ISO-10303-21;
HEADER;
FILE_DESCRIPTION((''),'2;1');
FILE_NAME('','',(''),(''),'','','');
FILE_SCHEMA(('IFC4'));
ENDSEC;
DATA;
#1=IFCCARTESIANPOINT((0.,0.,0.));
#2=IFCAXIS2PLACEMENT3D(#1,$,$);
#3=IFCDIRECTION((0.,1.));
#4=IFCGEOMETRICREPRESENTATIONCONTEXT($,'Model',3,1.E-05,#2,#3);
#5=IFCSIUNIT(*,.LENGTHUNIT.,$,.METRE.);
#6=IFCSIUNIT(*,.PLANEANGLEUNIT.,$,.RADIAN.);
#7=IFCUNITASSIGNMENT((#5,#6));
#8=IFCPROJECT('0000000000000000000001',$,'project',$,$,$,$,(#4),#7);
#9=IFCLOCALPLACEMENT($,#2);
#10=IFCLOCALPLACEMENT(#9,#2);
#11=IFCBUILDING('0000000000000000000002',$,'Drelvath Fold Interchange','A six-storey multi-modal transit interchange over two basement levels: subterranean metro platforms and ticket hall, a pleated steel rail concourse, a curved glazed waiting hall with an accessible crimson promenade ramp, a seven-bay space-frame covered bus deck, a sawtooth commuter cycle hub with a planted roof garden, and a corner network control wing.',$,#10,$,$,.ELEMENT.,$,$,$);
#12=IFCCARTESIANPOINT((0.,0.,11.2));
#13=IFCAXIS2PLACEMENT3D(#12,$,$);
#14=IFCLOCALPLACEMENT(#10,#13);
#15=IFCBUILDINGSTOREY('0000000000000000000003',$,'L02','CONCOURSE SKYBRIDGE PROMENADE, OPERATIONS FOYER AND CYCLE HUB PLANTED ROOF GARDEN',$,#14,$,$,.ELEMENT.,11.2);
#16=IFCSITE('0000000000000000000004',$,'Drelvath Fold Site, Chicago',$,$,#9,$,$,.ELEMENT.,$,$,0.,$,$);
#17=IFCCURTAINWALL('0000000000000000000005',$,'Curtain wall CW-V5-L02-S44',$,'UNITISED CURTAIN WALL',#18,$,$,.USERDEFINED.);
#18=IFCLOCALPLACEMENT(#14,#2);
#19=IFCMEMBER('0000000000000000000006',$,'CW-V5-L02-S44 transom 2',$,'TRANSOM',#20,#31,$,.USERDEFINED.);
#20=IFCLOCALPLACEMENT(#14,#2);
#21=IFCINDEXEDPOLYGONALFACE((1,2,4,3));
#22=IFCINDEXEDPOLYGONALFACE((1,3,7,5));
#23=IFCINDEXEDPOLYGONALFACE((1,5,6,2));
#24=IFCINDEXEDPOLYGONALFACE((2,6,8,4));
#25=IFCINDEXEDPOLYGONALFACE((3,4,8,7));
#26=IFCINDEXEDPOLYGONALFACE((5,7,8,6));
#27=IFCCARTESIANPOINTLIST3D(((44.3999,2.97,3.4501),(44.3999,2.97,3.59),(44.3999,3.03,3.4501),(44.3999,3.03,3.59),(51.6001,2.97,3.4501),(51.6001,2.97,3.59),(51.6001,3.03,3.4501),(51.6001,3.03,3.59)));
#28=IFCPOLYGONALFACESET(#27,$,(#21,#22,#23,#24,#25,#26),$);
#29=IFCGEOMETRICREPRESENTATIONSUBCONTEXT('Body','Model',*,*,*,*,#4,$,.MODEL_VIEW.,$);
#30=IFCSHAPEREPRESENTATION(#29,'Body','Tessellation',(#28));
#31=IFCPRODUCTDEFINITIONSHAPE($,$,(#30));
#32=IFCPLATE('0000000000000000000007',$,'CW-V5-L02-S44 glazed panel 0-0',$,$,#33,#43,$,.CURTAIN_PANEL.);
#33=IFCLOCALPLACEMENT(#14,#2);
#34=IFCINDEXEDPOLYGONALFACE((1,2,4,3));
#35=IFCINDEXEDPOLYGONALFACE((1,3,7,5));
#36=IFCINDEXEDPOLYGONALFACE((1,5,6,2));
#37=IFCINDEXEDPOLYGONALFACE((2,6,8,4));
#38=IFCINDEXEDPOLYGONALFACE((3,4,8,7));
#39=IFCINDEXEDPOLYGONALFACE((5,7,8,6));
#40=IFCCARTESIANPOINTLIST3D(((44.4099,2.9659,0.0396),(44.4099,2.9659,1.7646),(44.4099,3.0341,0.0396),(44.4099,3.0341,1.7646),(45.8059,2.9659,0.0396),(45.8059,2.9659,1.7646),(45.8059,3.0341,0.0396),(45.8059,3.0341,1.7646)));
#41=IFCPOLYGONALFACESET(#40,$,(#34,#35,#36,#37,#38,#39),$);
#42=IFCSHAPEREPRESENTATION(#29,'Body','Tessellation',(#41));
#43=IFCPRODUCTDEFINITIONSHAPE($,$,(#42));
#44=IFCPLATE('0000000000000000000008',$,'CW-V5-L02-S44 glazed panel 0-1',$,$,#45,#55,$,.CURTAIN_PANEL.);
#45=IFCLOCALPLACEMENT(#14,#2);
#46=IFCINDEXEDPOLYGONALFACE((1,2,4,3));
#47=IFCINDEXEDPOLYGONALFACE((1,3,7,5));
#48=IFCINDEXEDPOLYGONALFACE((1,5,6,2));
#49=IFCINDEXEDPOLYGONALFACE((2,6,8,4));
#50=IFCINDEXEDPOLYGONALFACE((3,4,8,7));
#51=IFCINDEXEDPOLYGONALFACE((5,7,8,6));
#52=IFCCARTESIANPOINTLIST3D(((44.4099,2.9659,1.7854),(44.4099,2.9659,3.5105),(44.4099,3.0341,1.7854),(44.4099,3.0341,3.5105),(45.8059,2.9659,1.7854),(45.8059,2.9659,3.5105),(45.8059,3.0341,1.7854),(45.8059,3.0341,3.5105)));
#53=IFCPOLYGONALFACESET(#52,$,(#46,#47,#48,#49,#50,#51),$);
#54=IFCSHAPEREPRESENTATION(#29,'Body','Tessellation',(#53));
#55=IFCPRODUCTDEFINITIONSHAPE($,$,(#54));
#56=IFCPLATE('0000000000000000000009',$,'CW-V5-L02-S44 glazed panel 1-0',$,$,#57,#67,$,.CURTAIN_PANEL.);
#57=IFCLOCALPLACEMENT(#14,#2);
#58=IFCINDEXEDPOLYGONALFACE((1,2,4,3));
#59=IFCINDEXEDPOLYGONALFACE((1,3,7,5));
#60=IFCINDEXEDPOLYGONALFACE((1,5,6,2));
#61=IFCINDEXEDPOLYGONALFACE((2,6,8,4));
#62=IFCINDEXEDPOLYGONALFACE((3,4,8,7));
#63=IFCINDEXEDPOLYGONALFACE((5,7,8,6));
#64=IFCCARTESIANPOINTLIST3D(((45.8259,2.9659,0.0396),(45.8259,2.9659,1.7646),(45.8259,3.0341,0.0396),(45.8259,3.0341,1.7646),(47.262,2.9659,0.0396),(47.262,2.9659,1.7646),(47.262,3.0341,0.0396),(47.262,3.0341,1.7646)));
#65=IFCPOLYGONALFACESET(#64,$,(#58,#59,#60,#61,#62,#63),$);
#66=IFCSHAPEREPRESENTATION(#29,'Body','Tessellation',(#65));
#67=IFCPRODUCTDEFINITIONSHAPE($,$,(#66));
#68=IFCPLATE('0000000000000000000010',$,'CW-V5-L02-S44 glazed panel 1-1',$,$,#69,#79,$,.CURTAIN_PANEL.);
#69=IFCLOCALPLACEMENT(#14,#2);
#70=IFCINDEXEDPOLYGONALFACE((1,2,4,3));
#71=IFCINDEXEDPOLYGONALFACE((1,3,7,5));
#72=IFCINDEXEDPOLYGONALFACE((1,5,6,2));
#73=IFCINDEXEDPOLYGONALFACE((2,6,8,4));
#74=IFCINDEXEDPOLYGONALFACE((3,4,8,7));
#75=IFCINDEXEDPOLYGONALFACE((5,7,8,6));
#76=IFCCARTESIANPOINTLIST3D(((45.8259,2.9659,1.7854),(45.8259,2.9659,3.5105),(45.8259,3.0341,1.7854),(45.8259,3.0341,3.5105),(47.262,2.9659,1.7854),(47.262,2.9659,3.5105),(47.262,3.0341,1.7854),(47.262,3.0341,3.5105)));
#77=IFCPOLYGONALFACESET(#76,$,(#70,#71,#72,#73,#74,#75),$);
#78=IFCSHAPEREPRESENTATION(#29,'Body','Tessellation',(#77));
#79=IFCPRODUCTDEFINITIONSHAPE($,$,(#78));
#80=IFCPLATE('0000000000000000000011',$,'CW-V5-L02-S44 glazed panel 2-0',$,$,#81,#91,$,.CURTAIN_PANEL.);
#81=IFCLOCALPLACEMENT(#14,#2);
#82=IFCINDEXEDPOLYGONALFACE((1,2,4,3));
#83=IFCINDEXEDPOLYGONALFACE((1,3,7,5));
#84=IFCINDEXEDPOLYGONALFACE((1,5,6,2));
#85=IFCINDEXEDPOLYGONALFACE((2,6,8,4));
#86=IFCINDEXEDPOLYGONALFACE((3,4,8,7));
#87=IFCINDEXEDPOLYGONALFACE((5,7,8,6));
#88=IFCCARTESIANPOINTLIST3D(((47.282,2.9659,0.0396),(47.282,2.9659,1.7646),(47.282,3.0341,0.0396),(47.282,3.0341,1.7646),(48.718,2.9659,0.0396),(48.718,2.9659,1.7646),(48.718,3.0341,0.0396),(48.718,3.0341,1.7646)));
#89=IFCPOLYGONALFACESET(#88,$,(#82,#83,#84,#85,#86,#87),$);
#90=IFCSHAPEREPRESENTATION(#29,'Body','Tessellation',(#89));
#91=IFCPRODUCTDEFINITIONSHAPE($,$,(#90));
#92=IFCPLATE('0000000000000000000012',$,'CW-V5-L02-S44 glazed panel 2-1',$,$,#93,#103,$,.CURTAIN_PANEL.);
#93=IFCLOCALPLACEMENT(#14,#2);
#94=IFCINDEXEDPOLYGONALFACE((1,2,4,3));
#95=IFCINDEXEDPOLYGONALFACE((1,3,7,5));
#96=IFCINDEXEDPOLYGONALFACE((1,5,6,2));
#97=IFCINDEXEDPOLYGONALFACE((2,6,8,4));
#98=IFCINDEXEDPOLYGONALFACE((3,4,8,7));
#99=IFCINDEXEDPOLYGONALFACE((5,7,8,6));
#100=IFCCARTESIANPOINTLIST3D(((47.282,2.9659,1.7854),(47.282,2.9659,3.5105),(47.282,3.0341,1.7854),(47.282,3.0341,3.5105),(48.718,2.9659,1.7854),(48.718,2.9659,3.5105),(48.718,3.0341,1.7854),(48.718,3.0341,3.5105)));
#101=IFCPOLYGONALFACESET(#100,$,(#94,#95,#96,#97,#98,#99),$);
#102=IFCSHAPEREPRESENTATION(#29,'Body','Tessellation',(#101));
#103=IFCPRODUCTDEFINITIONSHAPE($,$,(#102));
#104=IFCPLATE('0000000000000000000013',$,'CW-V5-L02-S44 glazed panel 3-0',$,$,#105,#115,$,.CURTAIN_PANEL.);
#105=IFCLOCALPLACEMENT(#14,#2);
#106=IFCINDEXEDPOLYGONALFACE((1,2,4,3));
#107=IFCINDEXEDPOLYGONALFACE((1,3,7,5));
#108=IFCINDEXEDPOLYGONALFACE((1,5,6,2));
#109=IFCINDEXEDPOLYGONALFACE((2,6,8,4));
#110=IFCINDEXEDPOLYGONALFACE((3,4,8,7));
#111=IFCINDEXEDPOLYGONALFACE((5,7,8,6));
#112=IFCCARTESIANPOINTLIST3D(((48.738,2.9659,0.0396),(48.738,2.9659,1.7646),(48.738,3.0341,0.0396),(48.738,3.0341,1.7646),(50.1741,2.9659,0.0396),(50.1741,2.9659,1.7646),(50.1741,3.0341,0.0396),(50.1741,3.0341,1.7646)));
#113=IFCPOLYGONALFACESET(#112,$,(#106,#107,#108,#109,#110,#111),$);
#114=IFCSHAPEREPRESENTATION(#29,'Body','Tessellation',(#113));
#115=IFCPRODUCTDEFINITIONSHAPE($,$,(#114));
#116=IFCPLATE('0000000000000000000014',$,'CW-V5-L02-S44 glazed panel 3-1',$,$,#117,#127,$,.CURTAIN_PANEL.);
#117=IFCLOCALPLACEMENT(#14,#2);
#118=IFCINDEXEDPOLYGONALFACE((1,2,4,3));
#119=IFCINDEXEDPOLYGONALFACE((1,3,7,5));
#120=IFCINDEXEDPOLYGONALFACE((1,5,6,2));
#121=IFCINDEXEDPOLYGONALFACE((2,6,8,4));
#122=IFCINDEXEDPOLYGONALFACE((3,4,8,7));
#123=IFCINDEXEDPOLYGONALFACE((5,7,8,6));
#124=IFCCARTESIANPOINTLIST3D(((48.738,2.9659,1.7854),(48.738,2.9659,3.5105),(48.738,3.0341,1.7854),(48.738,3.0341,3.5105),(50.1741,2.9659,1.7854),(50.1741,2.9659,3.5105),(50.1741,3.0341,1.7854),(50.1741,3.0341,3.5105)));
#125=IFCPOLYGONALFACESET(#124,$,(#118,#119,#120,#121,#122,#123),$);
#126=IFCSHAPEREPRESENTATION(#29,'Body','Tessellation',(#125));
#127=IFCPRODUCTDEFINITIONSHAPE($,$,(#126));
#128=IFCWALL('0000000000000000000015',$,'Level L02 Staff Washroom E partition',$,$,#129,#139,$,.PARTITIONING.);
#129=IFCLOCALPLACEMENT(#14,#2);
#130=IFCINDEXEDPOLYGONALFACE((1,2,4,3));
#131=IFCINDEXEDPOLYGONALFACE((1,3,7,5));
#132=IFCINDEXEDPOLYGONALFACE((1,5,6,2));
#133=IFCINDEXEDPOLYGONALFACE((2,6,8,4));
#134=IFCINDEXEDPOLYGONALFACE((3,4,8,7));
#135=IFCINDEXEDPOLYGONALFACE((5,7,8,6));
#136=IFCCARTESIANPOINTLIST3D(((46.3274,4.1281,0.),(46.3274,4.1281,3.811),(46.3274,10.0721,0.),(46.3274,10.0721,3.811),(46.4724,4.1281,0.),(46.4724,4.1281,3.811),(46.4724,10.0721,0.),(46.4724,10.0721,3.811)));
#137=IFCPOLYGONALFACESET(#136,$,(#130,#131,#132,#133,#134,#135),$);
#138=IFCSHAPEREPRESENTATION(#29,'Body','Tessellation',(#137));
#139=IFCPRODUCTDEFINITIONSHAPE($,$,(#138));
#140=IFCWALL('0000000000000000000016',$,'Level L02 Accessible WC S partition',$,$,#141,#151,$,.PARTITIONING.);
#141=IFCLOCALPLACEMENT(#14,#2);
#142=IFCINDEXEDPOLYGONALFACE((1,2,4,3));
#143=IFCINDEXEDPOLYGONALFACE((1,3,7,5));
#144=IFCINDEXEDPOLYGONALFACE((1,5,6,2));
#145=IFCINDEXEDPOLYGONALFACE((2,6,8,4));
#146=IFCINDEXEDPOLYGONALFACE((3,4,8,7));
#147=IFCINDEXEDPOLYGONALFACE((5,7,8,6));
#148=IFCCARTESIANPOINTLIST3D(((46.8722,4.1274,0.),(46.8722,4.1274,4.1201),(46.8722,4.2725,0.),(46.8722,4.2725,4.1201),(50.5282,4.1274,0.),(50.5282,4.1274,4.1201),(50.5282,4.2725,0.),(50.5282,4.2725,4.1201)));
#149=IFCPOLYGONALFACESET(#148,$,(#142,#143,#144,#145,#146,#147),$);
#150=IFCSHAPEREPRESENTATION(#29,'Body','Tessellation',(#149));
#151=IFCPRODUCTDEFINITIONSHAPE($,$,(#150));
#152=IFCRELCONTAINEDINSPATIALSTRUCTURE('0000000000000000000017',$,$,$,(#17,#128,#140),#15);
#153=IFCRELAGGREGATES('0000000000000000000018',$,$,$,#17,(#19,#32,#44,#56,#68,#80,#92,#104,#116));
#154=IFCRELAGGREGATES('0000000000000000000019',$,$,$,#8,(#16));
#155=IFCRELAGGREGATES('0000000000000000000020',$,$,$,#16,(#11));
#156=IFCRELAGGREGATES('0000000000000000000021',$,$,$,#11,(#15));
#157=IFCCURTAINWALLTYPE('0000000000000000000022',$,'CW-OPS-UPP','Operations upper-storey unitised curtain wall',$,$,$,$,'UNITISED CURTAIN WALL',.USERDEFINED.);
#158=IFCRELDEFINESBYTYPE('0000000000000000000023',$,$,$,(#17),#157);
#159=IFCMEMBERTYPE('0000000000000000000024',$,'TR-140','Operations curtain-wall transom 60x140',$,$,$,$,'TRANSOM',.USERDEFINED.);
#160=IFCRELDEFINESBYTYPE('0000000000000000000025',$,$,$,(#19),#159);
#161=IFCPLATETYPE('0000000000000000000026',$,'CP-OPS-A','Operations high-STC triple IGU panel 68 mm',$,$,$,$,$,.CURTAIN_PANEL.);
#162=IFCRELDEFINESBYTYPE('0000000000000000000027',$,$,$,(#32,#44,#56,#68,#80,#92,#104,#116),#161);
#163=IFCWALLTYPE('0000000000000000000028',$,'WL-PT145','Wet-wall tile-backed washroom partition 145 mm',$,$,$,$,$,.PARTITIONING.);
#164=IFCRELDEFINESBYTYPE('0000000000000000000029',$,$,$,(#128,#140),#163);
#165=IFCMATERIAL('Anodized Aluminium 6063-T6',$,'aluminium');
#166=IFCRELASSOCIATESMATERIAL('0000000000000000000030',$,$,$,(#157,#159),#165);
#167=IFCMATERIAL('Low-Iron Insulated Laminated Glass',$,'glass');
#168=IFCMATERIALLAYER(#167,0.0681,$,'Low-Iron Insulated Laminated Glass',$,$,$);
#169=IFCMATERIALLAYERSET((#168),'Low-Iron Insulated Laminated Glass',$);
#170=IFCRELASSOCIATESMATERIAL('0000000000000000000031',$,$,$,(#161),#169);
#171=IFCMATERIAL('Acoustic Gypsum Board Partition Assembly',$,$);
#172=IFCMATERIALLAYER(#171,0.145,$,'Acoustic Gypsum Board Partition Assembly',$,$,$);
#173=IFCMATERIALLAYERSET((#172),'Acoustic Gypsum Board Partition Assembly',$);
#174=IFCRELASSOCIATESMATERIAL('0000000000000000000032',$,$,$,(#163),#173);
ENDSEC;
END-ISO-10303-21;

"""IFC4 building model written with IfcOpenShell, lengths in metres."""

from ifc_helpers import new_model, si_unit, direction, frame, frame_2d, origin, origin_2d, place, context, subcontext, project, spatial, rectangle, extrude, material, layer, layer_set, material_profile, profile_set, type_object, element, aggregate, save


model = new_model("IFC4")

# Units and contexts
model_context = context("Model", 3, precision=1e-05, world=origin(), true_north=direction((0.0, 1.0)))
body_context = subcontext(model_context, "Body", "Model", "MODEL_VIEW")
ifc_project = project(units=[si_unit("LENGTHUNIT", "METRE"), si_unit("PLANEANGLEUNIT", "RADIAN")], contexts=[model_context])

# Site, building, storey
site_placement = place(None, origin())
site = spatial("IfcSite", under=ifc_project, at=site_placement, Name="Drelvath Fold Site, Chicago", CompositionType="ELEMENT", RefElevation=0.0)
building_placement = place(site_placement, origin())
building = spatial("IfcBuilding", under=site, at=building_placement, Name="Drelvath Fold Interchange", Description="A six-storey multi-modal transit interchange over two basement levels: subterranean metro platforms and ticket hall, a pleated steel rail concourse, a curved glazed waiting hall with an accessible crimson promenade ramp, a seven-bay space-frame covered bus deck, a sawtooth commuter cycle hub with a planted roof garden, and a corner network control wing.", CompositionType="ELEMENT")
storey_placement = place(building_placement, frame((0.0, 0.0, 11.2)))
storey = spatial("IfcBuildingStorey", under=building, at=storey_placement, Name="L02", Description="CONCOURSE SKYBRIDGE PROMENADE, OPERATIONS FOYER AND CYCLE HUB PLANTED ROOF GARDEN", CompositionType="ELEMENT", Elevation=11.2)

# Curtain wall, member, plates
ifc_material_1 = material(Name="Anodized Aluminium 6063-T6", Category="aluminium")
curtain_wall_type = type_object("IfcCurtainWallType", Name="CW-OPS-UPP", Description="Operations upper-storey unitised curtain wall", ElementType="UNITISED CURTAIN WALL", PredefinedType="USERDEFINED", material=ifc_material_1)
curtain_wall_placement = place(storey_placement, origin())
curtain_wall = element("IfcCurtainWall", 1, at=curtain_wall_placement, inside=storey, type_object=curtain_wall_type, Name="Curtain wall CW-V5-L02-S44", ObjectType="UNITISED CURTAIN WALL", PredefinedType="USERDEFINED")
ifc_material_profile_1 = material_profile(ifc_material_1, rectangle(XDim=0.0601, YDim=0.1399, at=origin_2d()), Name="AL-T 60x140")
ifc_profile_set_1 = profile_set([ifc_material_profile_1], Name="Anodized Aluminium 6063-T6")
member_type_1 = type_object("IfcMemberType", Name="TR-140", Description="Operations curtain-wall transom 60x140", ElementType="TRANSOM", PredefinedType="USERDEFINED", material=ifc_profile_set_1)
member_1_placement = place(storey_placement, frame((44.3999, 3.0, 3.52), z_axis=(1.0, 0.0, 0.0), x_axis=(0.0, 1.0, 0.0)))
member_1 = element("IfcMember", 2, at=member_1_placement, type_object=member_type_1, Name="CW-V5-L02-S44 transom 2", ObjectType="TRANSOM", PredefinedType="USERDEFINED", context=body_context, shape_type="SweptSolid", body=[
    extrude(rectangle(XDim=0.0601, YDim=0.1399, at=origin_2d()), origin(), (0.0, 0.0, 1.0), 7.2002),
])
ifc_material_2 = material(Name="Low-Iron Insulated Laminated Glass", Category="glass")
ifc_layer_1 = layer(ifc_material_2, 0.0681, Name="Low-Iron Insulated Laminated Glass")
ifc_layer_set_1 = layer_set([ifc_layer_1], Name="Low-Iron Insulated Laminated Glass")
plate_type = type_object("IfcPlateType", Name="CP-OPS-A", Description="Operations high-STC triple IGU panel 68 mm", PredefinedType="CURTAIN_PANEL", material=ifc_layer_set_1)
plate_1_placement = place(storey_placement, frame((45.1079, 3.0, 0.0396), z_axis=(0.0, 0.0, 1.0), x_axis=(1.0, 0.0, 0.0)))
plate_1 = element("IfcPlate", 3, at=plate_1_placement, type_object=plate_type, Name="CW-V5-L02-S44 glazed panel 0-0", PredefinedType="CURTAIN_PANEL", context=body_context, shape_type="SweptSolid", body=[
    extrude(rectangle(XDim=1.396, YDim=0.0681, at=origin_2d()), origin(), (0.0, 0.0, 1.0), 1.7251),
])
plate_2_placement = place(storey_placement, frame((45.1079, 3.0, 1.7854), z_axis=(0.0, 0.0, 1.0), x_axis=(1.0, 0.0, 0.0)))
plate_2 = element("IfcPlate", 4, at=plate_2_placement, type_object=plate_type, Name="CW-V5-L02-S44 glazed panel 0-1", PredefinedType="CURTAIN_PANEL", context=body_context, shape_type="SweptSolid", body=[
    extrude(rectangle(XDim=1.396, YDim=0.0681, at=origin_2d()), origin(), (0.0, 0.0, 1.0), 1.7251),
])
plate_3_placement = place(storey_placement, frame((46.5439, 3.0, 0.0396), z_axis=(0.0, 0.0, 1.0), x_axis=(1.0, 0.0, 0.0)))
plate_3 = element("IfcPlate", 5, at=plate_3_placement, type_object=plate_type, Name="CW-V5-L02-S44 glazed panel 1-0", PredefinedType="CURTAIN_PANEL", context=body_context, shape_type="SweptSolid", body=[
    extrude(rectangle(XDim=1.436, YDim=0.0681, at=origin_2d()), origin(), (0.0, 0.0, 1.0), 1.7251),
])
plate_4_placement = place(storey_placement, frame((46.5439, 3.0, 1.7854), z_axis=(0.0, 0.0, 1.0), x_axis=(1.0, 0.0, 0.0)))
plate_4 = element("IfcPlate", 6, at=plate_4_placement, type_object=plate_type, Name="CW-V5-L02-S44 glazed panel 1-1", PredefinedType="CURTAIN_PANEL", context=body_context, shape_type="SweptSolid", body=[
    extrude(rectangle(XDim=1.436, YDim=0.0681, at=origin_2d()), origin(), (0.0, 0.0, 1.0), 1.7251),
])
plate_5_placement = place(storey_placement, frame((48.0, 3.0, 0.0396), z_axis=(0.0, 0.0, 1.0), x_axis=(1.0, 0.0, 0.0)))
plate_5 = element("IfcPlate", 7, at=plate_5_placement, type_object=plate_type, Name="CW-V5-L02-S44 glazed panel 2-0", PredefinedType="CURTAIN_PANEL", context=body_context, shape_type="SweptSolid", body=[
    extrude(rectangle(XDim=1.436, YDim=0.0681, at=origin_2d()), origin(), (0.0, 0.0, 1.0), 1.7251),
])
plate_6_placement = place(storey_placement, frame((48.0, 3.0, 1.7854), z_axis=(0.0, 0.0, 1.0), x_axis=(1.0, 0.0, 0.0)))
plate_6 = element("IfcPlate", 8, at=plate_6_placement, type_object=plate_type, Name="CW-V5-L02-S44 glazed panel 2-1", PredefinedType="CURTAIN_PANEL", context=body_context, shape_type="SweptSolid", body=[
    extrude(rectangle(XDim=1.436, YDim=0.0681, at=origin_2d()), origin(), (0.0, 0.0, 1.0), 1.7251),
])
plate_7_placement = place(storey_placement, frame((49.4561, 3.0, 0.0396), z_axis=(0.0, 0.0, 1.0), x_axis=(1.0, 0.0, 0.0)))
plate_7 = element("IfcPlate", 9, at=plate_7_placement, type_object=plate_type, Name="CW-V5-L02-S44 glazed panel 3-0", PredefinedType="CURTAIN_PANEL", context=body_context, shape_type="SweptSolid", body=[
    extrude(rectangle(XDim=1.436, YDim=0.0681, at=origin_2d()), origin(), (0.0, 0.0, 1.0), 1.7251),
])
plate_8_placement = place(storey_placement, frame((49.4561, 3.0, 1.7854), z_axis=(0.0, 0.0, 1.0), x_axis=(1.0, 0.0, 0.0)))
plate_8 = element("IfcPlate", 10, at=plate_8_placement, type_object=plate_type, Name="CW-V5-L02-S44 glazed panel 3-1", PredefinedType="CURTAIN_PANEL", context=body_context, shape_type="SweptSolid", body=[
    extrude(rectangle(XDim=1.436, YDim=0.0681, at=origin_2d()), origin(), (0.0, 0.0, 1.0), 1.7251),
])
aggregate(curtain_wall, [member_1, plate_1, plate_2, plate_3, plate_4, plate_5, plate_6, plate_7, plate_8])

# Walls
ifc_material_3 = material(Name="Acoustic Gypsum Board Partition Assembly")
ifc_layer_2 = layer(ifc_material_3, 0.145, Name="Acoustic Gypsum Board Partition Assembly")
ifc_layer_set_2 = layer_set([ifc_layer_2], Name="Acoustic Gypsum Board Partition Assembly")
wall_type = type_object("IfcWallType", Name="WL-PT145", Description="Wet-wall tile-backed washroom partition 145 mm", PredefinedType="PARTITIONING", material=ifc_layer_set_2)
wall_1_placement = place(storey_placement, frame((46.3999, 4.1279, 0.0), z_axis=(0.0, 0.0, 1.0), x_axis=(0.0, 1.0, 0.0)))
element("IfcWall", 11, at=wall_1_placement, inside=storey, type_object=wall_type, Name="Level L02 Staff Washroom E partition", PredefinedType="PARTITIONING", context=body_context, shape_type="SweptSolid", body=[
    extrude(rectangle(XDim=5.9441, YDim=0.145, at=frame_2d((2.9722, 0.0))), origin(), (0.0, 0.0, 1.0), 3.811),
])
wall_2_placement = place(storey_placement, frame((46.8721, 4.2, 0.0), z_axis=(0.0, 0.0, 1.0), x_axis=(1.0, 0.0, 0.0)))
element("IfcWall", 12, at=wall_2_placement, inside=storey, type_object=wall_type, Name="Level L02 Accessible WC S partition", PredefinedType="PARTITIONING", context=body_context, shape_type="SweptSolid", body=[
    extrude(rectangle(XDim=3.656, YDim=0.145, at=frame_2d((1.8281, 0.0))), origin(), (0.0, 0.0, 1.0), 4.1201),
])

save(model, "model.ifc")
